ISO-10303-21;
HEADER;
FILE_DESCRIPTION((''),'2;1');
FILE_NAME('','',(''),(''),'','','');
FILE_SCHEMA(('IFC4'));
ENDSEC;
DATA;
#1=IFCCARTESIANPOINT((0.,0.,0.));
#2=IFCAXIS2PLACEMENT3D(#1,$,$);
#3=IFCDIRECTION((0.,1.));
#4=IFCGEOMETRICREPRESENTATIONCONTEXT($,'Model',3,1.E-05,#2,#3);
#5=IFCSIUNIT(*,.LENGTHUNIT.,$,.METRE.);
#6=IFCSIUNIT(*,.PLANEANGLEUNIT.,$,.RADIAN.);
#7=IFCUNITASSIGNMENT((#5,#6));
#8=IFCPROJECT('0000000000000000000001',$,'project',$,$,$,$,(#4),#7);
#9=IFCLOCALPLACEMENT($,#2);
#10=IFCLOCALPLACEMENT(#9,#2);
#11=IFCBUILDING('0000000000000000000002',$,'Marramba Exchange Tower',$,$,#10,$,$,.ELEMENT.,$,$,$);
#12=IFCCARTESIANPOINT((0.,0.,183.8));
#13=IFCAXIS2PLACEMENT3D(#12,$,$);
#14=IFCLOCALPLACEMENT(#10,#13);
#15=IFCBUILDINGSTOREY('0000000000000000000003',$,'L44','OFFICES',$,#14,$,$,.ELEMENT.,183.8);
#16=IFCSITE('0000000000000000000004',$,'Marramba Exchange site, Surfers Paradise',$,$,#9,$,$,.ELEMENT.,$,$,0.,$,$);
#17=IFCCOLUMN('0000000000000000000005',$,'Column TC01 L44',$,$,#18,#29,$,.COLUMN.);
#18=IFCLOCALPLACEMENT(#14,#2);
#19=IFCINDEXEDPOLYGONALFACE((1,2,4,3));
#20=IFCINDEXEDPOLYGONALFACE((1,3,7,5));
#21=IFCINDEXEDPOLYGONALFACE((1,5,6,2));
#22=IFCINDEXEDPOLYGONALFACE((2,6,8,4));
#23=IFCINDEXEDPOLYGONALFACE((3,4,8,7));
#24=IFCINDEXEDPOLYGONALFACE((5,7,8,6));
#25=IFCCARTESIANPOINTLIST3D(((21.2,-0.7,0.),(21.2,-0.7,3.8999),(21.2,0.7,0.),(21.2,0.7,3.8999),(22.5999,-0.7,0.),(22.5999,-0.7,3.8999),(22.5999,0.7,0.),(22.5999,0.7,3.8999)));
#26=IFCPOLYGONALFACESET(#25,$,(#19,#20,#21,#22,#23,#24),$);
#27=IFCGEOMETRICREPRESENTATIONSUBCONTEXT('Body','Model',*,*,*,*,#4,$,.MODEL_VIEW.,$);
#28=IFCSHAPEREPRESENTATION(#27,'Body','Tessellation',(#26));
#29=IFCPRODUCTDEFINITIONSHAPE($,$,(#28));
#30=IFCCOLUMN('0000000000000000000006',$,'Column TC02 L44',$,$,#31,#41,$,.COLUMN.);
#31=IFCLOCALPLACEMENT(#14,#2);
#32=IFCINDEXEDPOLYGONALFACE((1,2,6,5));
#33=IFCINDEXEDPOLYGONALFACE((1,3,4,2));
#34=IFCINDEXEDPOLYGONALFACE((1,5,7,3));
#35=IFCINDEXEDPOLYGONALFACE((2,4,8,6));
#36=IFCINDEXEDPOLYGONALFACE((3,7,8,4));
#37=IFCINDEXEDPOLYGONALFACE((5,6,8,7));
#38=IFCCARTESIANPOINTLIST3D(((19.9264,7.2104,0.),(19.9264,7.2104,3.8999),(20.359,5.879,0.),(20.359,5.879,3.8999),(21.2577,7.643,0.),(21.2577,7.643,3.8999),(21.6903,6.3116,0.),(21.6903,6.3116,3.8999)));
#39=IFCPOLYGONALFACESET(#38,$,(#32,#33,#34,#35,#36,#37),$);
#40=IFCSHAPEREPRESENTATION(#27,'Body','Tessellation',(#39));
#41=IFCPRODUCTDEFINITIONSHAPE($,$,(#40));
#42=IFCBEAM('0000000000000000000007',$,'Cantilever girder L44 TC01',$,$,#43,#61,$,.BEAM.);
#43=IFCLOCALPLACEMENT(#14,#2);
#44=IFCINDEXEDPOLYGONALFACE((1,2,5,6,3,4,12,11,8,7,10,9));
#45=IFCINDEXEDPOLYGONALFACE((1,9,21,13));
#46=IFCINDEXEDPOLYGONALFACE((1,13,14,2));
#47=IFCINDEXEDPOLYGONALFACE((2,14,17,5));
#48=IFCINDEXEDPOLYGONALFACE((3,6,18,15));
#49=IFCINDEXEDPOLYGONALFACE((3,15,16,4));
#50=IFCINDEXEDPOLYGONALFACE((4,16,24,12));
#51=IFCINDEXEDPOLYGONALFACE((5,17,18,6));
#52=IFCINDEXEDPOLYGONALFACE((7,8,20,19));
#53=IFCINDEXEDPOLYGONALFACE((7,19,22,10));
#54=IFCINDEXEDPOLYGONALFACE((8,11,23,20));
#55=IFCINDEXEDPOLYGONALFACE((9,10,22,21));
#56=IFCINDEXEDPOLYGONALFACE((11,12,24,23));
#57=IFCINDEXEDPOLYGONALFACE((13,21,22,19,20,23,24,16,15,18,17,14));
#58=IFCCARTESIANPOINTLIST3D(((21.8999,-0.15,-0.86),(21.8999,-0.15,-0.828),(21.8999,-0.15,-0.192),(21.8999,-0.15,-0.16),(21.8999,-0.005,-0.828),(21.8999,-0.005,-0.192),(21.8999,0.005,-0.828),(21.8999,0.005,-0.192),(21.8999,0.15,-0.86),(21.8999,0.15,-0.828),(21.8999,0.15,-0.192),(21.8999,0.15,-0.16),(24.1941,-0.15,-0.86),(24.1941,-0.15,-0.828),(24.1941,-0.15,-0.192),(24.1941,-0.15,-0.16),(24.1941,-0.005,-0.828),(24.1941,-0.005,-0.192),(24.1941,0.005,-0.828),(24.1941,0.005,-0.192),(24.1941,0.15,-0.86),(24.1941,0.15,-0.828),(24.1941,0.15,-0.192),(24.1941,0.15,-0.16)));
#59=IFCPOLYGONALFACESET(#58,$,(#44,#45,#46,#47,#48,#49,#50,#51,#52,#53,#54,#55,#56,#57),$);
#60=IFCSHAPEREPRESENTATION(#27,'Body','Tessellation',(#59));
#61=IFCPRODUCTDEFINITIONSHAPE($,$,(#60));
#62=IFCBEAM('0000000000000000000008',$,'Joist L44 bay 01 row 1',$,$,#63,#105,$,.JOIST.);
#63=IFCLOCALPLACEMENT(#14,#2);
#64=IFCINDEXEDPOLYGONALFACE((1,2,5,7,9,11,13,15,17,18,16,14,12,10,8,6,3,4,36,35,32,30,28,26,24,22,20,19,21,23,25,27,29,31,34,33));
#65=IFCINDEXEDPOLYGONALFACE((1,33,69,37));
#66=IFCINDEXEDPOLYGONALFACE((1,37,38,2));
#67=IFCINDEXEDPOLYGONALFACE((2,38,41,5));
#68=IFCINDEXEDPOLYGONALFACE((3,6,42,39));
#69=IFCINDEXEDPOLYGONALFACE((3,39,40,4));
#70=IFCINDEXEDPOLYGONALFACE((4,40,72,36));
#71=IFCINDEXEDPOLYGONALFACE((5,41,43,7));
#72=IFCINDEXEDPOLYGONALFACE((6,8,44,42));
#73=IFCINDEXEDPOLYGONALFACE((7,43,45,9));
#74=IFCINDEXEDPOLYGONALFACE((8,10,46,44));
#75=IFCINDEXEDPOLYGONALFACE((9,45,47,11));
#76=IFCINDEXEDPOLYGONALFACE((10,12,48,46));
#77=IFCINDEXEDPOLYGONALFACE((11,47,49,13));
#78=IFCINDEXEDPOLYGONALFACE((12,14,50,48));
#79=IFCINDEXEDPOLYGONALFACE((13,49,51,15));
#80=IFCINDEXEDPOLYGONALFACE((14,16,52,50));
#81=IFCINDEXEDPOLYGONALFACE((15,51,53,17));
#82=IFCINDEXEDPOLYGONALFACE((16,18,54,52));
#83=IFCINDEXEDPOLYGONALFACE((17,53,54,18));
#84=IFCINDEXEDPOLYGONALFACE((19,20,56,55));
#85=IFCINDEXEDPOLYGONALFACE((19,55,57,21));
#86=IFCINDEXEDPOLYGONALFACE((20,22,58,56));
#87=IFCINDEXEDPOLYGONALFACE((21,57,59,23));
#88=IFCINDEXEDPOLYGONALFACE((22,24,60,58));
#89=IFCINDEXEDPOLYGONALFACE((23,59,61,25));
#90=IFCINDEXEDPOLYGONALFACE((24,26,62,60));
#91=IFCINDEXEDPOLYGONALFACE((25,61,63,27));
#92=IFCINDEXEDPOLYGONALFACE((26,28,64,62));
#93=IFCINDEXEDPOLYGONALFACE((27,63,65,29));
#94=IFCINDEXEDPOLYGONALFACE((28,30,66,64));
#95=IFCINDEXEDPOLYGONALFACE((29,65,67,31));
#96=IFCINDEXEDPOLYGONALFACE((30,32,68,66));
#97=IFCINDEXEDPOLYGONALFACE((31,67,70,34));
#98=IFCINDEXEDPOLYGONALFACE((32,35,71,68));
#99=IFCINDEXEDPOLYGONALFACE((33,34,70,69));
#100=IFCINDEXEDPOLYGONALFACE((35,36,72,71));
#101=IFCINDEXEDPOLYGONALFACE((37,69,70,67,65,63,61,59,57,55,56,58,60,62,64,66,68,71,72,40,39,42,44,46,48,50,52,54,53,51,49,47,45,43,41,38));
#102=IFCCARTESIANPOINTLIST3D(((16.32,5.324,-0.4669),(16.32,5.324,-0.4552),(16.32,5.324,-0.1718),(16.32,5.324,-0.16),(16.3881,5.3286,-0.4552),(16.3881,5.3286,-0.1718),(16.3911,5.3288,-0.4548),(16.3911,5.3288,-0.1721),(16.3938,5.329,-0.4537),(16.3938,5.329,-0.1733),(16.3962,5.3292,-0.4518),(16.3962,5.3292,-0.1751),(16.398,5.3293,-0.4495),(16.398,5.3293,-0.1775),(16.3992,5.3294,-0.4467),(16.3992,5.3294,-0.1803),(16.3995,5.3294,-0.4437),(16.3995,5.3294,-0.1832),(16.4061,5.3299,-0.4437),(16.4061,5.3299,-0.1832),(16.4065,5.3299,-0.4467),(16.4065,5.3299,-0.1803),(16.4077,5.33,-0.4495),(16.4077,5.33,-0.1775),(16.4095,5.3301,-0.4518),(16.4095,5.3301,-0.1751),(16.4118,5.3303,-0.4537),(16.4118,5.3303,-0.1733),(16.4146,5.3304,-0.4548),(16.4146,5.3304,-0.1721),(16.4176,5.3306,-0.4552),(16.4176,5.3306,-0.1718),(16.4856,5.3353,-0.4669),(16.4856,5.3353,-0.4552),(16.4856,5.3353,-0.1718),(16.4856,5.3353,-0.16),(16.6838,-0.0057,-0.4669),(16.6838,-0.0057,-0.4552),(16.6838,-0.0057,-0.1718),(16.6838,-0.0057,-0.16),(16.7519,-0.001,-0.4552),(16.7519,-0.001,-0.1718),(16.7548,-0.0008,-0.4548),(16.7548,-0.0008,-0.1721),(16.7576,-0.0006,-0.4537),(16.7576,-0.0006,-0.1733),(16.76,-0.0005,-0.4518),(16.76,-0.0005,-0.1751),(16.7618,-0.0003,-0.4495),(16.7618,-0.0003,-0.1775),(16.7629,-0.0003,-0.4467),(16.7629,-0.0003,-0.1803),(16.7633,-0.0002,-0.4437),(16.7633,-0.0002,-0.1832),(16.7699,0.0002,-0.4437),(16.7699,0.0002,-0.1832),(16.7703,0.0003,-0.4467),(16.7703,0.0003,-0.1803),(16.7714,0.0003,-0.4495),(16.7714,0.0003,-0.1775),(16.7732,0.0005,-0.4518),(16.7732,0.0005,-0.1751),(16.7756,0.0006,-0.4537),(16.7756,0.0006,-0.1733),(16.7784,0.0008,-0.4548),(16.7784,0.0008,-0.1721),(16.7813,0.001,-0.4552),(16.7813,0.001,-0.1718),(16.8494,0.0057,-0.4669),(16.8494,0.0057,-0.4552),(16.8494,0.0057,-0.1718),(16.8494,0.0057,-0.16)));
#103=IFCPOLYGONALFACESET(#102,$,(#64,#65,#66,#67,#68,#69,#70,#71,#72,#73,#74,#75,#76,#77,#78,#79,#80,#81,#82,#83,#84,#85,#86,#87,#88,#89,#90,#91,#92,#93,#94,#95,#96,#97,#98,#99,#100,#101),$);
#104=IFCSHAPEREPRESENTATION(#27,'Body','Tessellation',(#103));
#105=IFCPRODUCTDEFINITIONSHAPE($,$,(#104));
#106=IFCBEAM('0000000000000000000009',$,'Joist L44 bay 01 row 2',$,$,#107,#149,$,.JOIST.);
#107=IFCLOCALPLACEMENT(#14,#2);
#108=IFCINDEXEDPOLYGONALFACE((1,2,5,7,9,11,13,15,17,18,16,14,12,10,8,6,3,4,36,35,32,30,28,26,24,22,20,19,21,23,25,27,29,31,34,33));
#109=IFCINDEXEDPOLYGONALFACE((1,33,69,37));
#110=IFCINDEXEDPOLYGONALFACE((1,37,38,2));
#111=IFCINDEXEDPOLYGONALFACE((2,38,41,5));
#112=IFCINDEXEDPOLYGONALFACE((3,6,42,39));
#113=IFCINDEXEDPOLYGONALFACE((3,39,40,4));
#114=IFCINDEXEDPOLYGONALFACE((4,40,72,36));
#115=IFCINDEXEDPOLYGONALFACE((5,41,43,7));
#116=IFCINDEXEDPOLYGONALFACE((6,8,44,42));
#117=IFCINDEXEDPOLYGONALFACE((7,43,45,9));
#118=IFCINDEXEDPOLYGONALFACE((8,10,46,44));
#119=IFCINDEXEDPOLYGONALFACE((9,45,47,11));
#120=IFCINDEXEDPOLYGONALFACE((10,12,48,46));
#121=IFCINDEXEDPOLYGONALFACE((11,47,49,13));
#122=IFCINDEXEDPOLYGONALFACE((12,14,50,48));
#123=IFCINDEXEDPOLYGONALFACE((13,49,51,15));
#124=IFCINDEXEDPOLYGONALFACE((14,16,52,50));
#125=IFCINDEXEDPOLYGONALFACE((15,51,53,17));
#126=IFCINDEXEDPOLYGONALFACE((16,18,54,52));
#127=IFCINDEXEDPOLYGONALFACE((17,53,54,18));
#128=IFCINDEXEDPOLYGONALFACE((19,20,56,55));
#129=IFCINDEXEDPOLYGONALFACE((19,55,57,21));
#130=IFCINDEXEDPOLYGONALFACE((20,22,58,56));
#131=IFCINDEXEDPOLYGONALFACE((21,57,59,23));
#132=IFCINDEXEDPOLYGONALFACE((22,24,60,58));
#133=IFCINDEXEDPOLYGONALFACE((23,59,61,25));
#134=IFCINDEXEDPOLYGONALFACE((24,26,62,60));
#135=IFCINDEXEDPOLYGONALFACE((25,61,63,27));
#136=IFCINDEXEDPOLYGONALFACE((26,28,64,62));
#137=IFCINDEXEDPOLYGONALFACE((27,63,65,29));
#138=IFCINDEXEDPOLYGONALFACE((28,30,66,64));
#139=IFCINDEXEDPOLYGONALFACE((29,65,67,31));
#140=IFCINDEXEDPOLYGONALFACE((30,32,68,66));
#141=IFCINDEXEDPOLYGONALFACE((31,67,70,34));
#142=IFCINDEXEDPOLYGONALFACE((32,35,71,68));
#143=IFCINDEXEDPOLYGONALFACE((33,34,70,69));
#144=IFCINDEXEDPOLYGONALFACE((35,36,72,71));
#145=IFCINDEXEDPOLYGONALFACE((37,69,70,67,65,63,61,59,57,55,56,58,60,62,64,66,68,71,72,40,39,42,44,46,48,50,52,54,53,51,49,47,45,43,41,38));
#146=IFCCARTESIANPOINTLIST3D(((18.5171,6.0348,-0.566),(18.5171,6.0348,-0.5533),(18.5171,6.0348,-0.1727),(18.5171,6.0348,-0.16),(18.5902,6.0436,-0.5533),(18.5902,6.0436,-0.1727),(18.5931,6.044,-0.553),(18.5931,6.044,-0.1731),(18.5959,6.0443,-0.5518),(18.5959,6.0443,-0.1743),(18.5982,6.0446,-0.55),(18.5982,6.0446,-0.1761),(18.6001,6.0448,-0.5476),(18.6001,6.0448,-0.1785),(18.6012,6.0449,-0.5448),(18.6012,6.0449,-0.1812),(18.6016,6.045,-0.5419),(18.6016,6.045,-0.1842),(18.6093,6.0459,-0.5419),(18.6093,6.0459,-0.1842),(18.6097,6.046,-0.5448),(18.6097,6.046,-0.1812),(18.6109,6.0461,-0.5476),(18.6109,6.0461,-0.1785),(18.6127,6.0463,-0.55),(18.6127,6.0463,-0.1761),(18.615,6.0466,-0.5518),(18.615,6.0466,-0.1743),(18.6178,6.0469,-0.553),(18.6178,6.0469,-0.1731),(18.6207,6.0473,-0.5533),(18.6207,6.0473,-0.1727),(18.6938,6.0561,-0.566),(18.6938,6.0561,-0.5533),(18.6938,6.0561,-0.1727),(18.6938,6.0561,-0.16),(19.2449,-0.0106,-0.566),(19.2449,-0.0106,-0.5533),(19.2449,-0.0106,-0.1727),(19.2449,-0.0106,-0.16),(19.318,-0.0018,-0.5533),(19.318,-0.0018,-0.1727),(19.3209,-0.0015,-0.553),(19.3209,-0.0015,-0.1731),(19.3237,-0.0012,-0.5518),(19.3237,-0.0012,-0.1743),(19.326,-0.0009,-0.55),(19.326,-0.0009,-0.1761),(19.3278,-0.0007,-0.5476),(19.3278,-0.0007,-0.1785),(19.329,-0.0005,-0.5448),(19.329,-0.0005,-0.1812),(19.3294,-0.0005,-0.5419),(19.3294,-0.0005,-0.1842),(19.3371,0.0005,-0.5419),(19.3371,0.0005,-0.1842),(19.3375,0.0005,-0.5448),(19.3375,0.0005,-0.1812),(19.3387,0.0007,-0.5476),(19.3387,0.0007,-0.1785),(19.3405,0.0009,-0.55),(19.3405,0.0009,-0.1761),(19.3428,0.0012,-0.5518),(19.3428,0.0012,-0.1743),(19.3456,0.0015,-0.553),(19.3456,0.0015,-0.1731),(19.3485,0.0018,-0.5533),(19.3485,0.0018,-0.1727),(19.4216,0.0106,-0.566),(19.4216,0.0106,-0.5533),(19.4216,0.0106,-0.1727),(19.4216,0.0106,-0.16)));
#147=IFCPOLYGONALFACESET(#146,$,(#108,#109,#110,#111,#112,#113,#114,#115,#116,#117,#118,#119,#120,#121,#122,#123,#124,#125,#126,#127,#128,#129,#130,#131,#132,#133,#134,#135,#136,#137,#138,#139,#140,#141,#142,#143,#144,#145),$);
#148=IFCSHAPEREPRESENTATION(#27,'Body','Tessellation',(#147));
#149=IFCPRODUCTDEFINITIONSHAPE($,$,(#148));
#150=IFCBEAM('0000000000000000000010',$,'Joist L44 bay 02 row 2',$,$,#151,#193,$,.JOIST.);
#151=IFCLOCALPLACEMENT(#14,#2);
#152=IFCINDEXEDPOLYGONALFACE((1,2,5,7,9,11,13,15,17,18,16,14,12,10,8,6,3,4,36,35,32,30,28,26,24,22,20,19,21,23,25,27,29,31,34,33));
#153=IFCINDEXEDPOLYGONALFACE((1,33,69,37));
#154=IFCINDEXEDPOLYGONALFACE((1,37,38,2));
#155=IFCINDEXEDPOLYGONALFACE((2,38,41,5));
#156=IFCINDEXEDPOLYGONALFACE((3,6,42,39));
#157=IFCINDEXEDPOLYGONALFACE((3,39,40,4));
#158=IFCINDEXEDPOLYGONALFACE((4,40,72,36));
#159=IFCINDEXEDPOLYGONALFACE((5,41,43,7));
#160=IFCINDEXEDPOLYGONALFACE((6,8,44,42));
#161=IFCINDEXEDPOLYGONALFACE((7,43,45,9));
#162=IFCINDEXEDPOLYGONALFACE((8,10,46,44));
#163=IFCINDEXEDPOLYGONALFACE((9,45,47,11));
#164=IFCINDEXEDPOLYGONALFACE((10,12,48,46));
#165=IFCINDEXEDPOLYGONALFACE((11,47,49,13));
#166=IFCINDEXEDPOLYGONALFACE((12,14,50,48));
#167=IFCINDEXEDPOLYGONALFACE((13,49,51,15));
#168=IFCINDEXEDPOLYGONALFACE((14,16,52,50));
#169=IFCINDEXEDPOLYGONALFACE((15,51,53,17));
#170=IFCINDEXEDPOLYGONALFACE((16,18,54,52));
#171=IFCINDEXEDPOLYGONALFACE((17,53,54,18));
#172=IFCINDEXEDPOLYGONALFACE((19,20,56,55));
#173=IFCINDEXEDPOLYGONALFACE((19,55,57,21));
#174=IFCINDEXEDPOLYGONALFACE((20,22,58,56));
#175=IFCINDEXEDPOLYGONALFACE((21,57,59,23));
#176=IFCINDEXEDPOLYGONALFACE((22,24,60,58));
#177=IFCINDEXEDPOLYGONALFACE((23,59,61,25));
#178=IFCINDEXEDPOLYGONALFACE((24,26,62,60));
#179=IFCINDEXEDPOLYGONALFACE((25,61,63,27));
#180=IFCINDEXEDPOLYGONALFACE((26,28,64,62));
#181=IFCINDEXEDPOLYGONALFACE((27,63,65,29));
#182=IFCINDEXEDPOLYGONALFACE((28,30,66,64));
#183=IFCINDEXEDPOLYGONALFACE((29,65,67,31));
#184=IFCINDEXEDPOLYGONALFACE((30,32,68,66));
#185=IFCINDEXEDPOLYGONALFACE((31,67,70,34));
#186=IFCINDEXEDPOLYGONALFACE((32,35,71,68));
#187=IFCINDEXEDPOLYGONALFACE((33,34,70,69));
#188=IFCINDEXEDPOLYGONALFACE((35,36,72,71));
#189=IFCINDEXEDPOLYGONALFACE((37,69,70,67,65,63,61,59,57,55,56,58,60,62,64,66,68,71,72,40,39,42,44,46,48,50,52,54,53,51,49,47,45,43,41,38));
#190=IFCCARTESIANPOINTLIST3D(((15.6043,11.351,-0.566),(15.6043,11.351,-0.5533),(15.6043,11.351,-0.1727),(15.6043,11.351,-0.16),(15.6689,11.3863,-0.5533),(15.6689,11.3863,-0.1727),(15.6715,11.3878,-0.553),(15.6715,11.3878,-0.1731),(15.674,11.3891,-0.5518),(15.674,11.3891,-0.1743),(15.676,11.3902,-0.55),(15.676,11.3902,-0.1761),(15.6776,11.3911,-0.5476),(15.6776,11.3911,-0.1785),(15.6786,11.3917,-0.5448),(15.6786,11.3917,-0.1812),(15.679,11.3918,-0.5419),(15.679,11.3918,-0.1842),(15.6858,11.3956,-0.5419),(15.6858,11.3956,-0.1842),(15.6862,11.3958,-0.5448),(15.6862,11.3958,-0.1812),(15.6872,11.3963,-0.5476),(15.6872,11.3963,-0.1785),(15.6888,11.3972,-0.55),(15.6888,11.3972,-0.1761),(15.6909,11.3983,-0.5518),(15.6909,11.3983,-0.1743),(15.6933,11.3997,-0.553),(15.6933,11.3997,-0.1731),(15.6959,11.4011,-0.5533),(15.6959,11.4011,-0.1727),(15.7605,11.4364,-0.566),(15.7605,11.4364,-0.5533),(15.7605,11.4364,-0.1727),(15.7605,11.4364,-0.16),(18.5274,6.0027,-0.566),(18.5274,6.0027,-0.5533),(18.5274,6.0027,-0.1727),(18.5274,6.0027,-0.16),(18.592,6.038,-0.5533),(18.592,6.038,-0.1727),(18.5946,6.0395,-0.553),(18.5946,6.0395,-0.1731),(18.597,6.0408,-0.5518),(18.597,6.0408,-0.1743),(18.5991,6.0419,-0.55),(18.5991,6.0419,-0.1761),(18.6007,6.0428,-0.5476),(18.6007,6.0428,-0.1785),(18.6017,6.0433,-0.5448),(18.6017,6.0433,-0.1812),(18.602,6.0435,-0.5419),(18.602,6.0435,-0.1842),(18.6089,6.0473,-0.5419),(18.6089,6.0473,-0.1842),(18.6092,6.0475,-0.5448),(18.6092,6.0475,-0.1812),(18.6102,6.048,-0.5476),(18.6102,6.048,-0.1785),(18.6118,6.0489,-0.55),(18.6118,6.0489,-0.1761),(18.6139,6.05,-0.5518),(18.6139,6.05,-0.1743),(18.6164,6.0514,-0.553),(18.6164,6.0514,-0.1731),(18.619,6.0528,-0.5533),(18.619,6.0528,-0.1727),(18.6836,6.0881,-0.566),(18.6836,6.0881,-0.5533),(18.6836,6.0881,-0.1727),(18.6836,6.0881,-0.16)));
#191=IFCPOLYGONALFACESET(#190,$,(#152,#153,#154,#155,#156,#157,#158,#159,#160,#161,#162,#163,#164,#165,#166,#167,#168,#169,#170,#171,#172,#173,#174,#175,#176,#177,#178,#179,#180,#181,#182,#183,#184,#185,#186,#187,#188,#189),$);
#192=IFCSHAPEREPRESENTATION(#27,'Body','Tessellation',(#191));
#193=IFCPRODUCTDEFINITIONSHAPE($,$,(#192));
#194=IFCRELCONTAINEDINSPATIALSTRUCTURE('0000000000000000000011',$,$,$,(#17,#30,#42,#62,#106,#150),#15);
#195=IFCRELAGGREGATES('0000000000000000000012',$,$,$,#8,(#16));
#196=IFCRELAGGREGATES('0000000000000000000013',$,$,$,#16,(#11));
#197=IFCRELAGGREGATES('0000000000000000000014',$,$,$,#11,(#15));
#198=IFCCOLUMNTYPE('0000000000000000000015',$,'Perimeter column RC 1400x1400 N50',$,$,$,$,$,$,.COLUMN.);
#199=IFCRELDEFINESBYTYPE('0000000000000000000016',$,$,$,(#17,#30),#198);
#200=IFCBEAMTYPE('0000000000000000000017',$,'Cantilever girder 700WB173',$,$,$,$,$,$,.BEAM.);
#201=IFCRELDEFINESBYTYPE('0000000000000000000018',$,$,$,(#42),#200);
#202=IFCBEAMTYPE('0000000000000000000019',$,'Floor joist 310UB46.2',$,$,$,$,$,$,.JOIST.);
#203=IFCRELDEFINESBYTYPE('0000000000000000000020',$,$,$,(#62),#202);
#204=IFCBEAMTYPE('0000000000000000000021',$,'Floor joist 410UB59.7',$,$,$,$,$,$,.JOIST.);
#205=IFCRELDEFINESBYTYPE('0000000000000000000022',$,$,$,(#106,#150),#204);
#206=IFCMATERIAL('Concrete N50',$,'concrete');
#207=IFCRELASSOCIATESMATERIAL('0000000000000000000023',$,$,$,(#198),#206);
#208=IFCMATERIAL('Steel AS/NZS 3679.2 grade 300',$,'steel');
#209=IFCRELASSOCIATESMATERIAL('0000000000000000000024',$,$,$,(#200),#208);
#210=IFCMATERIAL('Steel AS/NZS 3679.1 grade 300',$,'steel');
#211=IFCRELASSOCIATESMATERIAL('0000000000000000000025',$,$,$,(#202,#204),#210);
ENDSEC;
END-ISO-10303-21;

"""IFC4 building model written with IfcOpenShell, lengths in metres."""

from ifc_helpers import new_model, si_unit, direction, frame, origin, origin_2d, place, context, subcontext, project, spatial, rectangle, i_section, extrude, material, material_profile, profile_set, type_object, element, save


model = new_model("IFC4")

# Units and contexts
model_context = context("Model", 3, precision=1e-05, world=origin(), true_north=direction((0.0, 1.0)))
body_context = subcontext(model_context, "Body", "Model", "MODEL_VIEW")
ifc_project = project(units=[si_unit("LENGTHUNIT", "METRE"), si_unit("PLANEANGLEUNIT", "RADIAN")], contexts=[model_context])

# Site, building, storey
site_placement = place(None, origin())
site = spatial("IfcSite", under=ifc_project, at=site_placement, Name="Marramba Exchange site, Surfers Paradise", CompositionType="ELEMENT", RefElevation=0.0)
building_placement = place(site_placement, origin())
building = spatial("IfcBuilding", under=site, at=building_placement, Name="Marramba Exchange Tower", CompositionType="ELEMENT")
storey_placement = place(building_placement, frame((0.0, 0.0, 183.8)))
storey = spatial("IfcBuildingStorey", under=building, at=storey_placement, Name="L44", Description="OFFICES", CompositionType="ELEMENT", Elevation=183.8)

# Columns
ifc_material_1 = material(Name="Concrete N50", Category="concrete")
ifc_material_profile_1 = material_profile(ifc_material_1, rectangle(XDim=1.3999, YDim=1.3999, at=origin_2d()), Name="RC 1400x1400")
ifc_profile_set_1 = profile_set([ifc_material_profile_1], Name="Concrete N50")
column_type = type_object("IfcColumnType", Name="Perimeter column RC 1400x1400 N50", PredefinedType="COLUMN", material=ifc_profile_set_1)
for number, where, z_axis, x_axis, name in (
    (1, (21.8999, 0.0, 0.0), (0.0, 0.0, 1.0), (1.0, 0.0, 0.0), "Column TC01 L44"),
    (2, (20.8083, 6.761, 0.0), (0.0, 0.0, 1.0), (0.951057, 0.309017, 0.0), "Column TC02 L44"),
):
    element("IfcColumn", number, at=place(storey_placement, frame(where, z_axis=z_axis, x_axis=x_axis)), inside=storey, type_object=column_type, Name=name, PredefinedType="COLUMN", context=body_context, shape_type="SweptSolid", body=[
        extrude(rectangle(XDim=1.3999, YDim=1.3999, at=origin_2d()), origin(), (0.0, 0.0, 1.0), 3.8999),
    ])

# Beams
ifc_material_2 = material(Name="Steel AS/NZS 3679.2 grade 300", Category="steel")
ifc_material_profile_2 = material_profile(ifc_material_2, i_section(OverallWidth=0.3, OverallDepth=0.7, WebThickness=0.01, FlangeThickness=0.032, at=origin_2d()), Name="700WB173")
ifc_profile_set_2 = profile_set([ifc_material_profile_2], Name="Steel AS/NZS 3679.2 grade 300")
beam_type_1 = type_object("IfcBeamType", Name="Cantilever girder 700WB173", PredefinedType="BEAM", material=ifc_profile_set_2)
beam_1_placement = place(storey_placement, frame((21.8999, 0.0, -0.51), z_axis=(1.0, 0.0, 0.0), x_axis=(0.0, 1.0, 0.0)))
element("IfcBeam", 3, at=beam_1_placement, inside=storey, type_object=beam_type_1, Name="Cantilever girder L44 TC01", PredefinedType="BEAM", context=body_context, shape_type="SweptSolid", body=[
    extrude(i_section(OverallWidth=0.3, OverallDepth=0.7, WebThickness=0.01, FlangeThickness=0.032, at=origin_2d()), origin(), (0.0, 0.0, 1.0), 2.2942),
])
ifc_material_3 = material(Name="Steel AS/NZS 3679.1 grade 300", Category="steel")
ifc_material_profile_3 = material_profile(ifc_material_3, i_section(OverallWidth=0.166, OverallDepth=0.3069, WebThickness=0.0066, FlangeThickness=0.0117, FilletRadius=0.0115, at=origin_2d()), Name="310UB46.2")
ifc_profile_set_3 = profile_set([ifc_material_profile_3], Name="Steel AS/NZS 3679.1 grade 300")
beam_type_2 = type_object("IfcBeamType", Name="Floor joist 310UB46.2", PredefinedType="JOIST", material=ifc_profile_set_3)
beam_2_placement = place(storey_placement, frame((16.7666, 0.0, -0.3135), z_axis=(-0.068096, 0.997679, 0.0), x_axis=(-0.997679, -0.068096, 0.0)))
element("IfcBeam", 4, at=beam_2_placement, inside=storey, type_object=beam_type_2, Name="Joist L44 bay 01 row 1", PredefinedType="JOIST", context=body_context, shape_type="SweptSolid", body=[
    extrude(i_section(OverallWidth=0.166, OverallDepth=0.3069, WebThickness=0.0066, FlangeThickness=0.0117, FilletRadius=0.0115, at=origin_2d()), origin(), (0.0, 0.0, 1.0), 5.342),
])
ifc_material_profile_4 = material_profile(ifc_material_3, i_section(OverallWidth=0.178, OverallDepth=0.406, WebThickness=0.0078, FlangeThickness=0.0127, FilletRadius=0.0115, at=origin_2d()), Name="410UB59.7")
ifc_profile_set_4 = profile_set([ifc_material_profile_4], Name="Steel AS/NZS 3679.1 grade 300")
beam_type_3 = type_object("IfcBeamType", Name="Floor joist 410UB59.7", PredefinedType="JOIST", material=ifc_profile_set_4)
beam_3_placement = place(storey_placement, frame((19.3333, 0.0, -0.363), z_axis=(-0.119523, 0.992831, 0.0), x_axis=(-0.992831, -0.119523, 0.0)))
element("IfcBeam", 5, at=beam_3_placement, inside=storey, type_object=beam_type_3, Name="Joist L44 bay 01 row 2", PredefinedType="JOIST", context=body_context, shape_type="SweptSolid", body=[
    extrude(i_section(OverallWidth=0.178, OverallDepth=0.406, WebThickness=0.0078, FlangeThickness=0.0127, FilletRadius=0.0115, at=origin_2d()), origin(), (0.0, 0.0, 1.0), 6.0891),
])
beam_4_placement = place(storey_placement, frame((18.6055, 6.0454, -0.363), z_axis=(-0.479584, 0.877496, 0.0), x_axis=(-0.877496, -0.479584, 0.0)))
element("IfcBeam", 6, at=beam_4_placement, inside=storey, type_object=beam_type_3, Name="Joist L44 bay 02 row 2", PredefinedType="JOIST", context=body_context, shape_type="SweptSolid", body=[
    extrude(i_section(OverallWidth=0.178, OverallDepth=0.406, WebThickness=0.0078, FlangeThickness=0.0127, FilletRadius=0.0115, at=origin_2d()), origin(), (0.0, 0.0, 1.0), 6.095),
])

save(model, "model.ifc")
